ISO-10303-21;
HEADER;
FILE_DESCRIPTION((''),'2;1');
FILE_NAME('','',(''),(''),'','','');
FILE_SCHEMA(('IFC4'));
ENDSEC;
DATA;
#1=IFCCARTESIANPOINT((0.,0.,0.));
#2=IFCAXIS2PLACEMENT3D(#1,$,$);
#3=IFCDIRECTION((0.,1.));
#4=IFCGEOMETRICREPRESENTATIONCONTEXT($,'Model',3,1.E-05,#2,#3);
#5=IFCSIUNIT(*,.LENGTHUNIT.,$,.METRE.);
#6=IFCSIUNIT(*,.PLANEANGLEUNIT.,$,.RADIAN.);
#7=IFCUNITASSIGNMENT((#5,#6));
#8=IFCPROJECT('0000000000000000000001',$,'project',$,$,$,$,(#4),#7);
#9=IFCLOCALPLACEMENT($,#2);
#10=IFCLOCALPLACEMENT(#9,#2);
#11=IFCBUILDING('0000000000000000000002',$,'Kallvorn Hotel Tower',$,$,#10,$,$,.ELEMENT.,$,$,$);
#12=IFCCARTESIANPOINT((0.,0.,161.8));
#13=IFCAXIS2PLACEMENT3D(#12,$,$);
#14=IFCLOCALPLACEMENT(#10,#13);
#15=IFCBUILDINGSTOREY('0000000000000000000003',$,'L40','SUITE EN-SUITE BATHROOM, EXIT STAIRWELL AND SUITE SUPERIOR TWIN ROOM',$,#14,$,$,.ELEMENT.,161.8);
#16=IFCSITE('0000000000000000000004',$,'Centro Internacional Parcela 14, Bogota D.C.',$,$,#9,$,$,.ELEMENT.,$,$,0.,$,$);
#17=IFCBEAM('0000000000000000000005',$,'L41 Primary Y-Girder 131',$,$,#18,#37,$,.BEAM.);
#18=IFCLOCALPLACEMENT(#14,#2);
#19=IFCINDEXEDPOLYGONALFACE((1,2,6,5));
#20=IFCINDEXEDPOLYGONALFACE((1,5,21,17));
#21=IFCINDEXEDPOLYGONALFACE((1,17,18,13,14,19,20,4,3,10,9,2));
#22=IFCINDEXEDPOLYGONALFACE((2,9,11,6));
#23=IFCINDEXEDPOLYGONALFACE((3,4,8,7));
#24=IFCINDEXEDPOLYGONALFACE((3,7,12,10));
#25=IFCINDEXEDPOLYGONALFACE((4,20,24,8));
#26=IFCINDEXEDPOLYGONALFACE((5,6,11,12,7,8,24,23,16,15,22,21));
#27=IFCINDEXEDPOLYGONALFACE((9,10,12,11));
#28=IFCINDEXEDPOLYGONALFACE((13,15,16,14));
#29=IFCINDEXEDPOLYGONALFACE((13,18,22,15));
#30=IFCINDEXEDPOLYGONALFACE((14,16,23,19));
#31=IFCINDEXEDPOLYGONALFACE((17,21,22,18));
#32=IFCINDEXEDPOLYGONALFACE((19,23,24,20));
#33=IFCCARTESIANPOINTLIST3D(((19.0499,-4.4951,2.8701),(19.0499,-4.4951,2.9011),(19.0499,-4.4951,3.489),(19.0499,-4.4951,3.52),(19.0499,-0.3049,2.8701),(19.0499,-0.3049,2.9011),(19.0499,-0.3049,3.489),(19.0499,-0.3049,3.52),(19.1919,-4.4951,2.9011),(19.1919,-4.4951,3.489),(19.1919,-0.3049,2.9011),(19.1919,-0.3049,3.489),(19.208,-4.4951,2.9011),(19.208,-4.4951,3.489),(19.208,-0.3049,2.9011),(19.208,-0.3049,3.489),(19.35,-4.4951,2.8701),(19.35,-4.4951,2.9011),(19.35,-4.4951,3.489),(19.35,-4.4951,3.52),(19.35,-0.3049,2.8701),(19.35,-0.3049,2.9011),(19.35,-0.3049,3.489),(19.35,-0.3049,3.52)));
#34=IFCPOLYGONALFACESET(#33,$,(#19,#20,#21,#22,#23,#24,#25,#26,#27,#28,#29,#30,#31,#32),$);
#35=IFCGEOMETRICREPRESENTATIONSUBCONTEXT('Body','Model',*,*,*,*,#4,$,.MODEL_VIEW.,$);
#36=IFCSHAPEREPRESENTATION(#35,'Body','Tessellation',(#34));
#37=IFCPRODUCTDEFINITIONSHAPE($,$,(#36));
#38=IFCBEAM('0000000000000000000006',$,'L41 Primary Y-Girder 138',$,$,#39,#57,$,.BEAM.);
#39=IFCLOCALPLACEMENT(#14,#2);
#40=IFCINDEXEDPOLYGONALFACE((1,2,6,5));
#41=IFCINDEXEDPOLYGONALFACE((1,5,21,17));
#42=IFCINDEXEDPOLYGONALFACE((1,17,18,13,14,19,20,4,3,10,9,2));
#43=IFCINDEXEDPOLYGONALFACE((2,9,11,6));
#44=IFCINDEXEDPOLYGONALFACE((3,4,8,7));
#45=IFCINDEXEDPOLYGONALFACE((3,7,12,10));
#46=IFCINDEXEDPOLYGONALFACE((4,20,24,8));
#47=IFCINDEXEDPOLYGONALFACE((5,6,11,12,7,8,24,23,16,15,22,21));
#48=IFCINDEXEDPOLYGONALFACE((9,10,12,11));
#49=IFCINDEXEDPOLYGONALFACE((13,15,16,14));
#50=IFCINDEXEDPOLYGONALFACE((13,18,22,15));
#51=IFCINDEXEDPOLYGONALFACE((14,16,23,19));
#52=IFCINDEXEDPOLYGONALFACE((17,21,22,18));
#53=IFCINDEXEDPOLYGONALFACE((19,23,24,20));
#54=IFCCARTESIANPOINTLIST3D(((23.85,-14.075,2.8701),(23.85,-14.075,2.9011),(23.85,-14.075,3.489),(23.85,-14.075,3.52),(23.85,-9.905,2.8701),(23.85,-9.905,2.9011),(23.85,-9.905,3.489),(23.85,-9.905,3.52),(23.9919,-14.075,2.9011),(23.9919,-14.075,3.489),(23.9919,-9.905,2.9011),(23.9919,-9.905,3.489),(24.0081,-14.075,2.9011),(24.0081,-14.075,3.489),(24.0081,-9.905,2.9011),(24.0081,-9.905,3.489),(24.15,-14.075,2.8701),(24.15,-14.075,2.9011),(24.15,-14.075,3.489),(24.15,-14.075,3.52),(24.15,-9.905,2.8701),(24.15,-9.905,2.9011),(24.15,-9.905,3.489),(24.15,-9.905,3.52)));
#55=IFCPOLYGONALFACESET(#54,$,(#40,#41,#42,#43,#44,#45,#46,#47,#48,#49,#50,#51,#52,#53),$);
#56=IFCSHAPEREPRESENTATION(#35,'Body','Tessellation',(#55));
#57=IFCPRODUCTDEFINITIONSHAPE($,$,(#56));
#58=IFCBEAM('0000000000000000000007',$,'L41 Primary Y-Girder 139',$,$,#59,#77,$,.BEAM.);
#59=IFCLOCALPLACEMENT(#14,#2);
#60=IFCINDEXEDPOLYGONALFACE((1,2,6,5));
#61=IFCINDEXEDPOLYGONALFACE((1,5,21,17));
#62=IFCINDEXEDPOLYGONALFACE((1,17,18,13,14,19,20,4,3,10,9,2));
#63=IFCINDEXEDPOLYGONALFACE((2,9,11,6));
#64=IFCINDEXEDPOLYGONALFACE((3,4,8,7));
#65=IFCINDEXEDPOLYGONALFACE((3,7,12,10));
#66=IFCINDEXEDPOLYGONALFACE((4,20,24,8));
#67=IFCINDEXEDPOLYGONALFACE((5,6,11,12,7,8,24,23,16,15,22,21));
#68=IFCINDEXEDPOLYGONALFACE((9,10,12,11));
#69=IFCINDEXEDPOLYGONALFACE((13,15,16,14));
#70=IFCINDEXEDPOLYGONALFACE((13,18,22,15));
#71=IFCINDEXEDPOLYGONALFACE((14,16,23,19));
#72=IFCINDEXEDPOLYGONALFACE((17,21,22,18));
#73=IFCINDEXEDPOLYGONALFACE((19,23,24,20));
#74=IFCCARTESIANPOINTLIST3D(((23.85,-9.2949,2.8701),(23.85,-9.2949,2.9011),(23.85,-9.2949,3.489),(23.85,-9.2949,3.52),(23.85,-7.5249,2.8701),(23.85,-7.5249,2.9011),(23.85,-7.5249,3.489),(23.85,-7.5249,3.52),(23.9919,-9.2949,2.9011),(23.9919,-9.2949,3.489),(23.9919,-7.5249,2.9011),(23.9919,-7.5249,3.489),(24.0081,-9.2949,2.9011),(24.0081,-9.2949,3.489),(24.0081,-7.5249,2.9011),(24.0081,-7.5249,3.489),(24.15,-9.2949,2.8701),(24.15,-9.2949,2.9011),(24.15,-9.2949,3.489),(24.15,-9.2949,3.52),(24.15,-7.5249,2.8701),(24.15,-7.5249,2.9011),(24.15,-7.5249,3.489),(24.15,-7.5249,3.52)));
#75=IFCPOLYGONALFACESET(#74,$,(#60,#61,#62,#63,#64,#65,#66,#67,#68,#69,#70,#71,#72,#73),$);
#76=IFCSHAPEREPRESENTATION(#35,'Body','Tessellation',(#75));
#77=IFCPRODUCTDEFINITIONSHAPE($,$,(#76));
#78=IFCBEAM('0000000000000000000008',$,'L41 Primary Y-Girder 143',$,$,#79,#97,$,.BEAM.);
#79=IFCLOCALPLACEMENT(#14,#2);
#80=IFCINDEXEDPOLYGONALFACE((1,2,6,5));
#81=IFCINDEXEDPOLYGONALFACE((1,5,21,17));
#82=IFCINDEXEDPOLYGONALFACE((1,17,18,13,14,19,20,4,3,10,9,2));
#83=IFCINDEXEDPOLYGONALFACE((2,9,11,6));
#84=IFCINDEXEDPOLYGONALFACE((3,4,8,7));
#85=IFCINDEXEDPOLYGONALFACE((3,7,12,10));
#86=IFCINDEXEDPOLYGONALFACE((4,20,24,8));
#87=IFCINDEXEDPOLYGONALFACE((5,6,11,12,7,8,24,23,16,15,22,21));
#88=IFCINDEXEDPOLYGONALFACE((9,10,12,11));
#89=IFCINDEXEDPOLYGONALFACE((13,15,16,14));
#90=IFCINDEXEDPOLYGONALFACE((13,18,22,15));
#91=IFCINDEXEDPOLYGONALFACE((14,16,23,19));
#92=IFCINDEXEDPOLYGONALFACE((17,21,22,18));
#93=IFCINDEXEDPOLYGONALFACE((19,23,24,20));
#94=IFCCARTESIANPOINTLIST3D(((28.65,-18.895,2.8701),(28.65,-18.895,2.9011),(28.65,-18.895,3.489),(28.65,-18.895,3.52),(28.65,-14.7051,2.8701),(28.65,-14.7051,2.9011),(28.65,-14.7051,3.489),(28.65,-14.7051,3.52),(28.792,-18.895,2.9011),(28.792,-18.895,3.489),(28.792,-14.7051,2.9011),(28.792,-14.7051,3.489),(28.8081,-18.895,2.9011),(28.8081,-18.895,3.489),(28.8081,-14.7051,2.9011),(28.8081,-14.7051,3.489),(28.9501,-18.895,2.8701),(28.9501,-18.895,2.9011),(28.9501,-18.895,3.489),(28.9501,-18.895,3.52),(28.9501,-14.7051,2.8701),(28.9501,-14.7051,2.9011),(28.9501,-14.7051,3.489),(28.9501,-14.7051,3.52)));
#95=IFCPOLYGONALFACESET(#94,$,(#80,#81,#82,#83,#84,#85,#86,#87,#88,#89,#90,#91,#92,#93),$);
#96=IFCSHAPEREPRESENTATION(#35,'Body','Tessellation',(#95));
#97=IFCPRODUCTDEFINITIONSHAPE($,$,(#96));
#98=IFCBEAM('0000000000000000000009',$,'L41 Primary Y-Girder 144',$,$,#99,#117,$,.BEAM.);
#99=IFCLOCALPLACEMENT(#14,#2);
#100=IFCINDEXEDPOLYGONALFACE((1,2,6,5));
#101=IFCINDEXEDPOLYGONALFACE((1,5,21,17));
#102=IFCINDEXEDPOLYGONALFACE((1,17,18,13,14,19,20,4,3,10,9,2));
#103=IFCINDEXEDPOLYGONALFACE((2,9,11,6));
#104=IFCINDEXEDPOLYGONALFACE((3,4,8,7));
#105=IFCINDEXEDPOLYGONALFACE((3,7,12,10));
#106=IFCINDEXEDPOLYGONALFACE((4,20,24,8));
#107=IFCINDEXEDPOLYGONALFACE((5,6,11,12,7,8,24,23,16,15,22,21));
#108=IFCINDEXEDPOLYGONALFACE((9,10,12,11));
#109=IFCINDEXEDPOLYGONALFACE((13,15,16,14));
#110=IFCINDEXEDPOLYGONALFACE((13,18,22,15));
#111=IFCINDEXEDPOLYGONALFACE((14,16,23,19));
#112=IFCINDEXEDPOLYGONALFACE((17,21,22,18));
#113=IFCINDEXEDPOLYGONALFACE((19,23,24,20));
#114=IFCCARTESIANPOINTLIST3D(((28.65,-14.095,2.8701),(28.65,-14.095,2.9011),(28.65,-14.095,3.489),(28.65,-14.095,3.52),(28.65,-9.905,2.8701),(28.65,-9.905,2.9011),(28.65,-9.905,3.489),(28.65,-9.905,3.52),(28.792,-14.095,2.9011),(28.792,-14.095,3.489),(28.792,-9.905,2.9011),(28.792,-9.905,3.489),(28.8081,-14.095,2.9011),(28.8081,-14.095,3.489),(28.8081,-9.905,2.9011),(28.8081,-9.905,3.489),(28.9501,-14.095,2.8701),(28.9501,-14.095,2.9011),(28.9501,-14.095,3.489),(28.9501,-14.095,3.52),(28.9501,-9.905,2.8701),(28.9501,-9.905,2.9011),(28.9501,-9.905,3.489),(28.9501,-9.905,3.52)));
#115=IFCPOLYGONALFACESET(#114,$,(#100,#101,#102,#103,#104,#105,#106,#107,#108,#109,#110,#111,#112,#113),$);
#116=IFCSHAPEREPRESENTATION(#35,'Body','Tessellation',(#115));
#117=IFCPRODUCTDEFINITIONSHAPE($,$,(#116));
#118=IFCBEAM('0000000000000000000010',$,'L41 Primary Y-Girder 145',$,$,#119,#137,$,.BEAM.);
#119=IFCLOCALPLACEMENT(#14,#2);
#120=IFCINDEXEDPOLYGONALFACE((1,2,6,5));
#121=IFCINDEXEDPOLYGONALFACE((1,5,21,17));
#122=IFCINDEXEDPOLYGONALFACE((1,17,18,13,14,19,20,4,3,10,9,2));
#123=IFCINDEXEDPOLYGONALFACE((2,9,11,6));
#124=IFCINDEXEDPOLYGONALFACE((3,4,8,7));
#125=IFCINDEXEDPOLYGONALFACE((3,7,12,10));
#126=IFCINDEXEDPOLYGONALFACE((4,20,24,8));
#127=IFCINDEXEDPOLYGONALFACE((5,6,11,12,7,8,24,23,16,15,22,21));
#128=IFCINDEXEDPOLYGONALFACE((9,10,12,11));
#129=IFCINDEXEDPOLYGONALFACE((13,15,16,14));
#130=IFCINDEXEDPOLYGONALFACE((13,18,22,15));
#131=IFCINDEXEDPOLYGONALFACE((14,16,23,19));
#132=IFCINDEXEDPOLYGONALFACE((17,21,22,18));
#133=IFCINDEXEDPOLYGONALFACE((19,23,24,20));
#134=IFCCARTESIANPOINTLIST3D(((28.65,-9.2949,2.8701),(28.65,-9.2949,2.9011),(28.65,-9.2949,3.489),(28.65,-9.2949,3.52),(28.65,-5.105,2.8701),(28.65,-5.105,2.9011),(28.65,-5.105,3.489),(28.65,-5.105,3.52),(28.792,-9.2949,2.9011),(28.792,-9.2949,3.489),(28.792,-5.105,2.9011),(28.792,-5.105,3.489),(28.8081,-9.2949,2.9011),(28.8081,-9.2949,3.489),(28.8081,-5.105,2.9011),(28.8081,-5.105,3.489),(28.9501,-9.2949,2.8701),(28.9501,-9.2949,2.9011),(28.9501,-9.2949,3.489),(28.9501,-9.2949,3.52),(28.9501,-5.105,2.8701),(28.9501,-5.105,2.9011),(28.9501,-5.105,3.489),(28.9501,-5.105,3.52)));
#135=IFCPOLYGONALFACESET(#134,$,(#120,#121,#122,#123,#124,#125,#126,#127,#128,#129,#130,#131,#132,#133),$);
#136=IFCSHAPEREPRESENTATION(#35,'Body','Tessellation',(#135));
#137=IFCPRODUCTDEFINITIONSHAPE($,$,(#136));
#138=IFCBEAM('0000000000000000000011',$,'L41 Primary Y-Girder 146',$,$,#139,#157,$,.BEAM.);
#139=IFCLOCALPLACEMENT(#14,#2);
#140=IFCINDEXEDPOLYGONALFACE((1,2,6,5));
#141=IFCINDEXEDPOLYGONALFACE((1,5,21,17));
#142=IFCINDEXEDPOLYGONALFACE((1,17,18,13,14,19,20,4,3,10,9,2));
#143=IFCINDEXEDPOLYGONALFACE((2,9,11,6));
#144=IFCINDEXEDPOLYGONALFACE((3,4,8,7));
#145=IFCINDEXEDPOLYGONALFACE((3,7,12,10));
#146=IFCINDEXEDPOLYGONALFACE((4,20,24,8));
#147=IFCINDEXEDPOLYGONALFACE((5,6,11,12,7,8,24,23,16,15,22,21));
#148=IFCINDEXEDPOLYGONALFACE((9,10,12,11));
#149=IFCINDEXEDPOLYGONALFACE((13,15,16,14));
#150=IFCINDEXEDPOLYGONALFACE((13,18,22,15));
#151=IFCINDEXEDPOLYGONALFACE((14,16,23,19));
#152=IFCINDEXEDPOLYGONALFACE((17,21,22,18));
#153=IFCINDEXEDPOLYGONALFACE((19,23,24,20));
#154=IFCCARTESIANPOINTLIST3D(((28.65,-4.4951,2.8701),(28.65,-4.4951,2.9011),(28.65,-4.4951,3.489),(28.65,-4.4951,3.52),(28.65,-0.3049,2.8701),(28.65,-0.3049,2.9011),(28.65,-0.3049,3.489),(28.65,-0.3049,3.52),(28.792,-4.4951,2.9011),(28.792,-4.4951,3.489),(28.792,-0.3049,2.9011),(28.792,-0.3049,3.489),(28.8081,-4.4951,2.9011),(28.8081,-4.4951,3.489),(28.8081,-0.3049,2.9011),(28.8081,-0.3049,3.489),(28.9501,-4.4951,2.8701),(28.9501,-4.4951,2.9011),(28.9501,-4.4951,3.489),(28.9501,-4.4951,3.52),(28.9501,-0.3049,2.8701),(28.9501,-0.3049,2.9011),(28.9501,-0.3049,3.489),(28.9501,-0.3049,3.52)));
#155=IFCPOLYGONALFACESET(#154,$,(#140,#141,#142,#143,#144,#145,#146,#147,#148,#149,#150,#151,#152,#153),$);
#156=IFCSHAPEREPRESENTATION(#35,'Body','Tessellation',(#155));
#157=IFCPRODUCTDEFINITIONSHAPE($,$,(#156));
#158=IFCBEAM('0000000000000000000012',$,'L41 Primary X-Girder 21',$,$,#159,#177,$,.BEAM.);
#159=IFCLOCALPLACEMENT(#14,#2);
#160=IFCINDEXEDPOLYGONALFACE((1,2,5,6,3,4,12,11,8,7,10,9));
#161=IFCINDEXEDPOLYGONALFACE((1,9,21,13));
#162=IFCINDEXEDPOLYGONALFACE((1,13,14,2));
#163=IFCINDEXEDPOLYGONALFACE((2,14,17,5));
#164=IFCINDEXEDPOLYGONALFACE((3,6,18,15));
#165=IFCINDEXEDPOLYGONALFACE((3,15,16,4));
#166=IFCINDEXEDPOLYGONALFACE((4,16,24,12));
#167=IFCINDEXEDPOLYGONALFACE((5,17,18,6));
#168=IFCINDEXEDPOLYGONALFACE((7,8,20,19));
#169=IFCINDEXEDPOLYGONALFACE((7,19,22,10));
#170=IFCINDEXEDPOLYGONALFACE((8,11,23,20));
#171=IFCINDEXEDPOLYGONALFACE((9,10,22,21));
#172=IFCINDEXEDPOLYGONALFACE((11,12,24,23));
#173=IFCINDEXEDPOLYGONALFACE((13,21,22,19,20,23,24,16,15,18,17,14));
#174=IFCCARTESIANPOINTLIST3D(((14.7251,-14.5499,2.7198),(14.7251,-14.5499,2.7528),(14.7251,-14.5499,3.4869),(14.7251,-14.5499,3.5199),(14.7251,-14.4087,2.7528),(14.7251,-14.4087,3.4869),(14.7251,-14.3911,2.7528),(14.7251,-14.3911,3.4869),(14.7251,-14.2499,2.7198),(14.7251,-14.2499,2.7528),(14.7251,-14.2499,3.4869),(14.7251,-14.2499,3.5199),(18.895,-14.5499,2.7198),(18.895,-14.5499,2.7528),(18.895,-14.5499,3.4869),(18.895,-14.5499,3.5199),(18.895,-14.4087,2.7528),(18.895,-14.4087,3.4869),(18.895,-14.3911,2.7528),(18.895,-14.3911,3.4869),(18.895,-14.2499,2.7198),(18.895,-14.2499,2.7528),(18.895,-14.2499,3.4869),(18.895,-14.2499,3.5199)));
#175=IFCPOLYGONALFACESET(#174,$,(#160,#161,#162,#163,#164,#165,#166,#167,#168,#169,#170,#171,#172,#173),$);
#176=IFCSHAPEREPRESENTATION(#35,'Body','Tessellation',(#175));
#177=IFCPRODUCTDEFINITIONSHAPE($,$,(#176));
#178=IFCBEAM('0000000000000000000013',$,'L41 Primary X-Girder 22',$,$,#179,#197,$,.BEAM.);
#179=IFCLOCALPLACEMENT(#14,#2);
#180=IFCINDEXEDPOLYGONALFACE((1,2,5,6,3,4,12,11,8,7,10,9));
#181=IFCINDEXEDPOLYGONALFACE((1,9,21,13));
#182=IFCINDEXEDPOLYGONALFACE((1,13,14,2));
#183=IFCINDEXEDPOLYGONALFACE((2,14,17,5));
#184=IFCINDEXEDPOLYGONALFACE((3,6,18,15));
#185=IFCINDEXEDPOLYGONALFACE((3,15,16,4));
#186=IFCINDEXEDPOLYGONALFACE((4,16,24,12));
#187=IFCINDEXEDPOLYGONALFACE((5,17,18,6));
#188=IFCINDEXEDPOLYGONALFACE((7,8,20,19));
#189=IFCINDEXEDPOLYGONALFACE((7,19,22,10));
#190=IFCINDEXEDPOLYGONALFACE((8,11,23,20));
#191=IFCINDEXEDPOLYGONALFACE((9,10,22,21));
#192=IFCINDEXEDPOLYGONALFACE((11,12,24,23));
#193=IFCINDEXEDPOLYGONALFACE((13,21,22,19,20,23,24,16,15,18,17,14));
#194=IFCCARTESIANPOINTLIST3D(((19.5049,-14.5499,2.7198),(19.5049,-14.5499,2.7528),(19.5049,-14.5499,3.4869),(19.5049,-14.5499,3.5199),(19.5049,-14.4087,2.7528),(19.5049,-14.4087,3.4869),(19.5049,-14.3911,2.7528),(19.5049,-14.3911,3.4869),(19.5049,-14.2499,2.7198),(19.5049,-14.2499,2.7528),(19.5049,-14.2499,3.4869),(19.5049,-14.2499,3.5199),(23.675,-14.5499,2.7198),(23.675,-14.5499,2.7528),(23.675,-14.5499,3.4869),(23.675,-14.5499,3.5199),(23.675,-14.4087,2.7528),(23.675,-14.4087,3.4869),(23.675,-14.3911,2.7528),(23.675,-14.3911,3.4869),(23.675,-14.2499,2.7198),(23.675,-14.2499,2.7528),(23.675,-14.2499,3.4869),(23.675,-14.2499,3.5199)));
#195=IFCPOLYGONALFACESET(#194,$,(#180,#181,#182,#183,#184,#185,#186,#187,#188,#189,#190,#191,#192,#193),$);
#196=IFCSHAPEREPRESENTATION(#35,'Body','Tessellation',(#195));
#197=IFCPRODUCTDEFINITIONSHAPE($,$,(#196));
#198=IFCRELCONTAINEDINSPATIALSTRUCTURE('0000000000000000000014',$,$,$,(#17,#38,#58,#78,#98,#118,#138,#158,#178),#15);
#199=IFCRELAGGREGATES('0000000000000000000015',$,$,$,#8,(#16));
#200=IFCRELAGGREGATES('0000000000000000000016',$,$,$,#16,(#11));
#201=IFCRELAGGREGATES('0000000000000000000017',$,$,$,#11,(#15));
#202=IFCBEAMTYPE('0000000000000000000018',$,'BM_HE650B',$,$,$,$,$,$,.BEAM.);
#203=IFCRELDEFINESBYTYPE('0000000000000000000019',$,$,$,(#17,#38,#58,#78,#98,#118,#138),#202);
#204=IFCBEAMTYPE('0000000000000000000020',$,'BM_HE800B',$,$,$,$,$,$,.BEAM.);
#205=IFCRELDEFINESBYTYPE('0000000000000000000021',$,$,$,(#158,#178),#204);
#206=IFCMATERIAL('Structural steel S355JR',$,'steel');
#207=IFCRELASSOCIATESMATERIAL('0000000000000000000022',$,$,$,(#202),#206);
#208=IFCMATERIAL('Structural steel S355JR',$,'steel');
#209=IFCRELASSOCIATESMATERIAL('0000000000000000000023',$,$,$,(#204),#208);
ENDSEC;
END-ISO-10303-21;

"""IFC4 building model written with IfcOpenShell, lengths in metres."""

from ifc_helpers import new_model, si_unit, direction, frame, origin, origin_2d, place, context, subcontext, project, spatial, i_section, extrude, material, material_profile, profile_set, type_object, element, save


model = new_model("IFC4")

# Units and contexts
model_context = context("Model", 3, precision=1e-05, world=origin(), true_north=direction((0.0, 1.0)))
body_context = subcontext(model_context, "Body", "Model", "MODEL_VIEW")
ifc_project = project(units=[si_unit("LENGTHUNIT", "METRE"), si_unit("PLANEANGLEUNIT", "RADIAN")], contexts=[model_context])

# Site, building, storey
site_placement = place(None, origin())
site = spatial("IfcSite", under=ifc_project, at=site_placement, Name="Centro Internacional Parcela 14, Bogota D.C.", CompositionType="ELEMENT", RefElevation=0.0)
building_placement = place(site_placement, origin())
building = spatial("IfcBuilding", under=site, at=building_placement, Name="Kallvorn Hotel Tower", CompositionType="ELEMENT")
storey_placement = place(building_placement, frame((0.0, 0.0, 161.8)))
storey = spatial("IfcBuildingStorey", under=building, at=storey_placement, Name="L40", Description="SUITE EN-SUITE BATHROOM, EXIT STAIRWELL AND SUITE SUPERIOR TWIN ROOM", CompositionType="ELEMENT", Elevation=161.8)

# Beams
ifc_material_1 = material(Name="Structural steel S355JR", Category="steel")
ifc_material_profile_1 = material_profile(ifc_material_1, i_section(OverallWidth=0.3, OverallDepth=0.6499, WebThickness=0.0161, FlangeThickness=0.031, at=origin_2d()), Name="HE 650 B")
ifc_profile_set_1 = profile_set([ifc_material_profile_1], Name="Structural steel S355JR")
beam_type_1 = type_object("IfcBeamType", Name="BM_HE650B", PredefinedType="BEAM", material=ifc_profile_set_1)
beam_1_placement = place(storey_placement, frame((19.2, -4.4951, 3.1951), z_axis=(0.0, 1.0, 0.0), x_axis=(-1.0, 0.0, 0.0)))
element("IfcBeam", 1, at=beam_1_placement, inside=storey, type_object=beam_type_1, Name="L41 Primary Y-Girder 131", PredefinedType="BEAM", context=body_context, shape_type="SweptSolid", body=[
    extrude(i_section(OverallWidth=0.3, OverallDepth=0.6499, WebThickness=0.0161, FlangeThickness=0.031, at=origin_2d()), origin(), (0.0, 0.0, 1.0), 4.1902),
])
beam_2_placement = place(storey_placement, frame((24.0, -14.075, 3.1951), z_axis=(0.0, 1.0, 0.0), x_axis=(-1.0, 0.0, 0.0)))
element("IfcBeam", 2, at=beam_2_placement, inside=storey, type_object=beam_type_1, Name="L41 Primary Y-Girder 138", PredefinedType="BEAM", context=body_context, shape_type="SweptSolid", body=[
    extrude(i_section(OverallWidth=0.3, OverallDepth=0.6499, WebThickness=0.0161, FlangeThickness=0.031, at=origin_2d()), origin(), (0.0, 0.0, 1.0), 4.1699),
])
beam_3_placement = place(storey_placement, frame((24.0, -9.2949, 3.1951), z_axis=(0.0, 1.0, 0.0), x_axis=(-1.0, 0.0, 0.0)))
element("IfcBeam", 3, at=beam_3_placement, inside=storey, type_object=beam_type_1, Name="L41 Primary Y-Girder 139", PredefinedType="BEAM", context=body_context, shape_type="SweptSolid", body=[
    extrude(i_section(OverallWidth=0.3, OverallDepth=0.6499, WebThickness=0.0161, FlangeThickness=0.031, at=origin_2d()), origin(), (0.0, 0.0, 1.0), 1.77),
])
for number, where, z_axis, x_axis, name in (
    (4, (28.8, -18.895, 3.1951), (0.0, 1.0, 0.0), (-1.0, 0.0, 0.0), "L41 Primary Y-Girder 143"),
    (5, (28.8, -14.095, 3.1951), (0.0, 1.0, 0.0), (-1.0, 0.0, 0.0), "L41 Primary Y-Girder 144"),
    (6, (28.8, -9.2949, 3.1951), (0.0, 1.0, 0.0), (-1.0, 0.0, 0.0), "L41 Primary Y-Girder 145"),
):
    element("IfcBeam", number, at=place(storey_placement, frame(where, z_axis=z_axis, x_axis=x_axis)), inside=storey, type_object=beam_type_1, Name=name, PredefinedType="BEAM", context=body_context, shape_type="SweptSolid", body=[
        extrude(i_section(OverallWidth=0.3, OverallDepth=0.6499, WebThickness=0.0161, FlangeThickness=0.031, at=origin_2d()), origin(), (0.0, 0.0, 1.0), 4.1899),
    ])
beam_4_placement = place(storey_placement, frame((28.8, -4.4951, 3.1951), z_axis=(0.0, 1.0, 0.0), x_axis=(-1.0, 0.0, 0.0)))
element("IfcBeam", 7, at=beam_4_placement, inside=storey, type_object=beam_type_1, Name="L41 Primary Y-Girder 146", PredefinedType="BEAM", context=body_context, shape_type="SweptSolid", body=[
    extrude(i_section(OverallWidth=0.3, OverallDepth=0.6499, WebThickness=0.0161, FlangeThickness=0.031, at=origin_2d()), origin(), (0.0, 0.0, 1.0), 4.1902),
])
ifc_material_2 = material(Name="Structural steel S355JR", Category="steel")
ifc_material_profile_2 = material_profile(ifc_material_2, i_section(OverallWidth=0.3, OverallDepth=0.8, WebThickness=0.0176, FlangeThickness=0.033, at=origin_2d()), Name="HE 800 B")
ifc_profile_set_2 = profile_set([ifc_material_profile_2], Name="Structural steel S355JR")
beam_type_2 = type_object("IfcBeamType", Name="BM_HE800B", PredefinedType="BEAM", material=ifc_profile_set_2)
beam_5_placement = place(storey_placement, frame((14.7251, -14.3999, 3.1199), z_axis=(1.0, 0.0, 0.0), x_axis=(0.0, 1.0, 0.0)))
element("IfcBeam", 8, at=beam_5_placement, inside=storey, type_object=beam_type_2, Name="L41 Primary X-Girder 21", PredefinedType="BEAM", context=body_context, shape_type="SweptSolid", body=[
    extrude(i_section(OverallWidth=0.3, OverallDepth=0.8, WebThickness=0.0176, FlangeThickness=0.033, at=origin_2d()), origin(), (0.0, 0.0, 1.0), 4.1699),
])
for number, where, z_axis, x_axis, name in (
    (9, (19.5049, -14.3999, 3.1199), (1.0, 0.0, 0.0), (0.0, 1.0, 0.0), "L41 Primary X-Girder 22"),
):
    element("IfcBeam", number, at=place(storey_placement, frame(where, z_axis=z_axis, x_axis=x_axis)), inside=storey, type_object=beam_type_2, Name=name, PredefinedType="BEAM", context=body_context, shape_type="SweptSolid", body=[
        extrude(i_section(OverallWidth=0.3, OverallDepth=0.8, WebThickness=0.0176, FlangeThickness=0.033, at=origin_2d()), origin(), (0.0, 0.0, 1.0), 4.1702),
    ])

save(model, "model.ifc")
